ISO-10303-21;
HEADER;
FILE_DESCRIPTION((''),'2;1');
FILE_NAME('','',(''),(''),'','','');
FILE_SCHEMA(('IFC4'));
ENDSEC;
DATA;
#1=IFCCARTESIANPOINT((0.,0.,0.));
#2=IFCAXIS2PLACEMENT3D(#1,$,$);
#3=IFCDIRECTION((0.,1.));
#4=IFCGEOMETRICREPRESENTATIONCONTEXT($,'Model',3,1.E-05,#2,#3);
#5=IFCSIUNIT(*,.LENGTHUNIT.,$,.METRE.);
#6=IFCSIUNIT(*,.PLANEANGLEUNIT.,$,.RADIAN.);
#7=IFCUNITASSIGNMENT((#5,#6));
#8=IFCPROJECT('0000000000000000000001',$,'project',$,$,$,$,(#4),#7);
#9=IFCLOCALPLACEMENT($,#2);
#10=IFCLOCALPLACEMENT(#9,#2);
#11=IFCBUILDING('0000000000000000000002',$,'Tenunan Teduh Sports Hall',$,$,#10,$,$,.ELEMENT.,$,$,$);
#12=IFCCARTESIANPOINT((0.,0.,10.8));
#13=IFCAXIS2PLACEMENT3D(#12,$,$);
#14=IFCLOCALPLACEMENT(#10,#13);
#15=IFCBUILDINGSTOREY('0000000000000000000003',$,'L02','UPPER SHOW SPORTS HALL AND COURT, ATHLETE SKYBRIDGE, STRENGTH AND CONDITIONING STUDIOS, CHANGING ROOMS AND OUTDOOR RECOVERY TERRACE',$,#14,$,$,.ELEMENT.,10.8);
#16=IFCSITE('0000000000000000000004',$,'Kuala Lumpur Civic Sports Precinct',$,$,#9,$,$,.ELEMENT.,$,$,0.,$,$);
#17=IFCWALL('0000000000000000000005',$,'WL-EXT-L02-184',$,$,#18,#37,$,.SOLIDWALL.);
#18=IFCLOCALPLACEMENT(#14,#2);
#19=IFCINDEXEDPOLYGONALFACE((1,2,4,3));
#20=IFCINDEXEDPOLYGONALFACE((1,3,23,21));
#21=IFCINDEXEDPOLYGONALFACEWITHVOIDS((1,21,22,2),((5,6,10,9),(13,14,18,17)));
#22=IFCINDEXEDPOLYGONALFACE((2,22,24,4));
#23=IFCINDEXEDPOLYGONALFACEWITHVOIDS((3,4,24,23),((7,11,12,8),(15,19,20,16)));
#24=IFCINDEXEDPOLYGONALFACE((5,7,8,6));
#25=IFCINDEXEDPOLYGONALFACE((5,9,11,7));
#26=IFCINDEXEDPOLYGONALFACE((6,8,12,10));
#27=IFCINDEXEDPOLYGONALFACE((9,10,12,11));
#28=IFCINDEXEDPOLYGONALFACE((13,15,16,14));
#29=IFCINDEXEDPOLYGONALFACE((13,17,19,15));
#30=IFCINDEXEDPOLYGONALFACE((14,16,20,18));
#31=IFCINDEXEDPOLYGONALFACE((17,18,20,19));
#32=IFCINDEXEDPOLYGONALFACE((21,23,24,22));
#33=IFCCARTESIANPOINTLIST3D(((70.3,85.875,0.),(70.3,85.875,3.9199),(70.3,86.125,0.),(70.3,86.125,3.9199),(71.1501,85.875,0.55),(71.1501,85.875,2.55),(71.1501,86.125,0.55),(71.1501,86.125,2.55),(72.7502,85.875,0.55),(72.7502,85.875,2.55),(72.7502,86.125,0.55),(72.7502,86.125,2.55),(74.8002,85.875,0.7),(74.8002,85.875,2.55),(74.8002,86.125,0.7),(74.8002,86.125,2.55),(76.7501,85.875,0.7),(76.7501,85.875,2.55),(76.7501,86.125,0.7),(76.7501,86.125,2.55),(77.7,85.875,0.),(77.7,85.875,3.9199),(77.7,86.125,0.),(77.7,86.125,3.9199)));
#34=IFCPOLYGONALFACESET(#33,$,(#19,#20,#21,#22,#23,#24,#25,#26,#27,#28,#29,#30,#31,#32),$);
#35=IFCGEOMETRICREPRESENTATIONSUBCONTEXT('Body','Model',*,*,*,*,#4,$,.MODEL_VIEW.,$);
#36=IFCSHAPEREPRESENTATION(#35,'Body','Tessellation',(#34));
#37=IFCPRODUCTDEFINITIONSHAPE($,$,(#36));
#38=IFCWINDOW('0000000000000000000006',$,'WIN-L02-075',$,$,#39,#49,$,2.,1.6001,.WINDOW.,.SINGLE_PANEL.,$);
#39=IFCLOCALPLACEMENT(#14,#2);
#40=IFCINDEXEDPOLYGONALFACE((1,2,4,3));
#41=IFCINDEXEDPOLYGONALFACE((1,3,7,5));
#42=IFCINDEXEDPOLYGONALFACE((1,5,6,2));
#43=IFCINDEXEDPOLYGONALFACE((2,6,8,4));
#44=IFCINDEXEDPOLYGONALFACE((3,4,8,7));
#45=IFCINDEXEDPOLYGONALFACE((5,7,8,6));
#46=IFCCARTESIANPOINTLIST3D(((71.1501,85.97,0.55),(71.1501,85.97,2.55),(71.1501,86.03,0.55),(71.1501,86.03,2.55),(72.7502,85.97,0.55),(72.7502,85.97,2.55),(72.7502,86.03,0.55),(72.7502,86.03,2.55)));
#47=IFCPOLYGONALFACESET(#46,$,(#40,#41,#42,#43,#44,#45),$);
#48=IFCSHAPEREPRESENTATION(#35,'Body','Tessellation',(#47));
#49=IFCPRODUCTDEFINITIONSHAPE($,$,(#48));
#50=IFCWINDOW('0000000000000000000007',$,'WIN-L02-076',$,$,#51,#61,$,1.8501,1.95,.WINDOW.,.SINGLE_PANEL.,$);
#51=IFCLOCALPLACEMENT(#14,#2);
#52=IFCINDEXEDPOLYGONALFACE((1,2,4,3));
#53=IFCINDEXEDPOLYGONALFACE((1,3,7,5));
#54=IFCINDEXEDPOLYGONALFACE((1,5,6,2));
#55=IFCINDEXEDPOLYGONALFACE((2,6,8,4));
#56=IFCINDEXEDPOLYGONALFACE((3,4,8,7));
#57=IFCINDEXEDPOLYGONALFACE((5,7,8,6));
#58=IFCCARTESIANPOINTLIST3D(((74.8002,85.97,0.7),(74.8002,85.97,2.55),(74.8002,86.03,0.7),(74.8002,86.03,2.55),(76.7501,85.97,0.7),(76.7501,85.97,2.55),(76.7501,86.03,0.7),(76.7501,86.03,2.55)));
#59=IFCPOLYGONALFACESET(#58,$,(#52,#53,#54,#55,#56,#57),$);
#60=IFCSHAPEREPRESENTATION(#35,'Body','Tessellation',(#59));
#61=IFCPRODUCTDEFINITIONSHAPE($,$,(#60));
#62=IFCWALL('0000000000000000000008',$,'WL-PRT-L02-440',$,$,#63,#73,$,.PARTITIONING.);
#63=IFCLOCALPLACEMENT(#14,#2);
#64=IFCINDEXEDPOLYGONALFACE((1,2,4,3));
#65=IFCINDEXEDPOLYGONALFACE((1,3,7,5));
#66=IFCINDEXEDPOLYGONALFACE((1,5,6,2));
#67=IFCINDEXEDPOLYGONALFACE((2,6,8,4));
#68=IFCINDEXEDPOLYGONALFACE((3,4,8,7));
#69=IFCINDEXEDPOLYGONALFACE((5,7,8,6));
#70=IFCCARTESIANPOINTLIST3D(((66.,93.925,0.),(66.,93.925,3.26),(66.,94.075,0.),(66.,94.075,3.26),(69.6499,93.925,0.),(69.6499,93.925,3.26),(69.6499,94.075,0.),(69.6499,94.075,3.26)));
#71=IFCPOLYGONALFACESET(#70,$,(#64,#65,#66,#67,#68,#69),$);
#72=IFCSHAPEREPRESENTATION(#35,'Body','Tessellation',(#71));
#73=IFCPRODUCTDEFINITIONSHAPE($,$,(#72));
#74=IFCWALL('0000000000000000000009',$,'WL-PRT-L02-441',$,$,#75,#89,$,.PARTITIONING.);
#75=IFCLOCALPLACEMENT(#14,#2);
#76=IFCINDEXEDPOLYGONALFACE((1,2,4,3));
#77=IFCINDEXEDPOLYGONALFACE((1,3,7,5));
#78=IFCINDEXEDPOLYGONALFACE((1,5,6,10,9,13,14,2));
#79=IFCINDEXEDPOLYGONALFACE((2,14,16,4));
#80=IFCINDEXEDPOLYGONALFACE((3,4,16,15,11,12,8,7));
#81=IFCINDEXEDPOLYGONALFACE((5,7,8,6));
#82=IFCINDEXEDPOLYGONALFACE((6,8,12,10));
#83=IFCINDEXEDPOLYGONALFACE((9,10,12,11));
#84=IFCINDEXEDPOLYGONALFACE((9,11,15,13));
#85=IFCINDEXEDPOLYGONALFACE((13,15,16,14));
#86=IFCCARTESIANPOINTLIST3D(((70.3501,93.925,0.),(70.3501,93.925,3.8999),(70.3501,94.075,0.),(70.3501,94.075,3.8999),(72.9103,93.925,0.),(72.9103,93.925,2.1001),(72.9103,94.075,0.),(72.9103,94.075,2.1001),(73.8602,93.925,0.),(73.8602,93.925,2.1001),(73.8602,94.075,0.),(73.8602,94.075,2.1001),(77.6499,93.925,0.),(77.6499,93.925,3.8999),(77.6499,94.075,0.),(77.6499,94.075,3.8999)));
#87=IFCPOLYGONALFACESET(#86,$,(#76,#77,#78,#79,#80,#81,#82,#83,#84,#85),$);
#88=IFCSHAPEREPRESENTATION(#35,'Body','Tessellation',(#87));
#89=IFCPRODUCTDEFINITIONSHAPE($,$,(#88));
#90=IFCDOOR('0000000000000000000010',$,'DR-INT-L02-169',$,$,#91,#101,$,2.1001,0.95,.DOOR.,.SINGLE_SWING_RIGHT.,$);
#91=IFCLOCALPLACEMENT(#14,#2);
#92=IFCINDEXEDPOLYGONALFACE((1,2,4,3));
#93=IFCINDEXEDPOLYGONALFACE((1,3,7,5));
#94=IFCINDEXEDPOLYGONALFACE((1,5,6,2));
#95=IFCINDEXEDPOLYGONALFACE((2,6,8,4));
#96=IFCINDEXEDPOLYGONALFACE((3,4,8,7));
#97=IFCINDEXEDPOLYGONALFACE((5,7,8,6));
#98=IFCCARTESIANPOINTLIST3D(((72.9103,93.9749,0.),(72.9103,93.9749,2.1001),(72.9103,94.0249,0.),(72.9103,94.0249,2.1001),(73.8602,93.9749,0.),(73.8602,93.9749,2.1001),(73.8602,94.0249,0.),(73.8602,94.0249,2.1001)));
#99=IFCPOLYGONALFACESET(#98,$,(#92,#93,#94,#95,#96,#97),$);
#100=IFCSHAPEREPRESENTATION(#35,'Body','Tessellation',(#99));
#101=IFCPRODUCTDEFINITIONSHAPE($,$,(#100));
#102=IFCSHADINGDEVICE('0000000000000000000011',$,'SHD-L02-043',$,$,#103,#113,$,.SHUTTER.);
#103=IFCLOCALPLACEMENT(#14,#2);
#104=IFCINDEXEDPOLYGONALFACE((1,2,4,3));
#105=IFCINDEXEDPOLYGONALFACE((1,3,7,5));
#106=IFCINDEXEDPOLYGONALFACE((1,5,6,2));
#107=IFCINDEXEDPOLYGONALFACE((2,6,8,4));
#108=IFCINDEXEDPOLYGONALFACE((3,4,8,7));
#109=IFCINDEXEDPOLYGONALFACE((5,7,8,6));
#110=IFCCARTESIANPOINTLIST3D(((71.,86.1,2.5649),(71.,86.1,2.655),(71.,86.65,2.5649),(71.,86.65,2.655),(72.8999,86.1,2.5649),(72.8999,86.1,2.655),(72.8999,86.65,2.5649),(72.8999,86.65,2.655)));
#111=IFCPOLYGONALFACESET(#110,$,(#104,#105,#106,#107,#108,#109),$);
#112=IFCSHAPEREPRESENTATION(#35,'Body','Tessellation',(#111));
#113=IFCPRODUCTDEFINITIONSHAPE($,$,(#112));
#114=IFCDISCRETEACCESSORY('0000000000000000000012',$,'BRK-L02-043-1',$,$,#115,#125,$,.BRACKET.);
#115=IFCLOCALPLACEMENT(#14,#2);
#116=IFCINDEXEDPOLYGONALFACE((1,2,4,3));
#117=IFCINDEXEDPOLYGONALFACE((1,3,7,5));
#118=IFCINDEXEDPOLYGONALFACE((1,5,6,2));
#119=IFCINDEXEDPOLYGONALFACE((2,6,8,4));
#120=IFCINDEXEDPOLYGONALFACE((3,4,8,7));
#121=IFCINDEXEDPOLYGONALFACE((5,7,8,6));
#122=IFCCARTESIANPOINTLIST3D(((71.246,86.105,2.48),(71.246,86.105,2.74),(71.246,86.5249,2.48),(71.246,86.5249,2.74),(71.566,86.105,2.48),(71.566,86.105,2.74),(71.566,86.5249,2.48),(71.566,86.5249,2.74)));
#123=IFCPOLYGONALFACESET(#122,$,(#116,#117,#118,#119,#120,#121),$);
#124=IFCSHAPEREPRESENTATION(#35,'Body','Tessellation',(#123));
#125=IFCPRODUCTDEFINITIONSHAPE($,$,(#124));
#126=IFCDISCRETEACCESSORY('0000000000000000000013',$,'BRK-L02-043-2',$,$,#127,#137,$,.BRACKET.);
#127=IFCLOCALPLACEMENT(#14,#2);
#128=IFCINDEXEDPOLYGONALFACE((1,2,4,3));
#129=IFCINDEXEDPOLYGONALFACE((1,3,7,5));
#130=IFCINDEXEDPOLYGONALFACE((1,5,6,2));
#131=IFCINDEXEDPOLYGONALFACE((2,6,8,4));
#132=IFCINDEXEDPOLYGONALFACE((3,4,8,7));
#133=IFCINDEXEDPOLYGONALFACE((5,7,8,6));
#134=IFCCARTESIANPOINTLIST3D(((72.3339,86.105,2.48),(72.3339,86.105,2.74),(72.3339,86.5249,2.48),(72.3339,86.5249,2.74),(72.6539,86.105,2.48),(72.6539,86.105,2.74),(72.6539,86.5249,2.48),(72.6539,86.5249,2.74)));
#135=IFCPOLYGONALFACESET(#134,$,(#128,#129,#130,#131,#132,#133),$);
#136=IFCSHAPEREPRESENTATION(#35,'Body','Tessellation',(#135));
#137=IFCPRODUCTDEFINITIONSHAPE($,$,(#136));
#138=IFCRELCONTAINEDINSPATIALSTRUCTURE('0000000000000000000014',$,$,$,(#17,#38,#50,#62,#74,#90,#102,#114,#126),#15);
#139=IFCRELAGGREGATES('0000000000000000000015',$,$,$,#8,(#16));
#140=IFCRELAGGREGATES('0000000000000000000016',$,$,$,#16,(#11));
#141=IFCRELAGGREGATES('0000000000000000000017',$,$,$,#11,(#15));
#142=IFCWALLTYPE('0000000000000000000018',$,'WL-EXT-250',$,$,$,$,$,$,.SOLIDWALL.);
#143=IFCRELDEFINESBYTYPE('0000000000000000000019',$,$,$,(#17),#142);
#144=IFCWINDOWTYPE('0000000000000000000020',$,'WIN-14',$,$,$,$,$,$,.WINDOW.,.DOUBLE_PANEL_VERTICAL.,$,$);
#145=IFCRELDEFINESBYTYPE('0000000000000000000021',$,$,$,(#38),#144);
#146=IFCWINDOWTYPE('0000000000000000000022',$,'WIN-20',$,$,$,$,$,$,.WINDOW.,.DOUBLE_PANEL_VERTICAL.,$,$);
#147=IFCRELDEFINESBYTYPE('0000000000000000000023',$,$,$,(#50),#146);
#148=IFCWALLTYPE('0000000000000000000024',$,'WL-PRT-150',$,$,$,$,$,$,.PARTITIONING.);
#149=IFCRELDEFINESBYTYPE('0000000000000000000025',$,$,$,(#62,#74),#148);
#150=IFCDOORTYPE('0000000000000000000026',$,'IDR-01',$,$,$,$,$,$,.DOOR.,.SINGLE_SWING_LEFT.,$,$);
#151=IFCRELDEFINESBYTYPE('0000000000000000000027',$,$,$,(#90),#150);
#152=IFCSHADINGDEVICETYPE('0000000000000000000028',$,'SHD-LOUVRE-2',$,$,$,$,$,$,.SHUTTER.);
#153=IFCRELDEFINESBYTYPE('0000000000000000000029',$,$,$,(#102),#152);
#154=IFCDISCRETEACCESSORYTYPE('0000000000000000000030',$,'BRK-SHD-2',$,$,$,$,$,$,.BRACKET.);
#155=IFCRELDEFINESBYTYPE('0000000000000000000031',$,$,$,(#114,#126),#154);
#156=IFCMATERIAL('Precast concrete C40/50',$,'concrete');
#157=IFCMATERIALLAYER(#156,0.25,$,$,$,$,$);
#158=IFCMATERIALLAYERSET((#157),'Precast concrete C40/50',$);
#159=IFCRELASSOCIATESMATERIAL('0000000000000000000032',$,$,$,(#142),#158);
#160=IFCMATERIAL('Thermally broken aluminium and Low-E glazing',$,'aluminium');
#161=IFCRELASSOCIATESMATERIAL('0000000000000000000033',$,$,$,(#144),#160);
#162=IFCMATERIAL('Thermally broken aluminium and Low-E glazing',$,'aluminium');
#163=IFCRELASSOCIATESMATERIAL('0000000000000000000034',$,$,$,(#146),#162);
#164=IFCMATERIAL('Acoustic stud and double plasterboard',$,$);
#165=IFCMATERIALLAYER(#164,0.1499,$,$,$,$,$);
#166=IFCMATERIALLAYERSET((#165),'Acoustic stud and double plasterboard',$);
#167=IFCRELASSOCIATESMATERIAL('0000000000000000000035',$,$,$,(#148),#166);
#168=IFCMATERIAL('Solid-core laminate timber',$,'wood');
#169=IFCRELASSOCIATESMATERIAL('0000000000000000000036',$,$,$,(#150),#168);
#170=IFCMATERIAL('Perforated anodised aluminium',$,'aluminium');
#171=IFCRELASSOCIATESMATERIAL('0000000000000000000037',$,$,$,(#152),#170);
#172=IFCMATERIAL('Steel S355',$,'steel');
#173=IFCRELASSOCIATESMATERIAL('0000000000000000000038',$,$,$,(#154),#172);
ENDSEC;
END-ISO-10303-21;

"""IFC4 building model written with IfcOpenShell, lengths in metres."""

from ifc_helpers import new_model, si_unit, direction, frame, frame_2d, origin, origin_2d, place, context, subcontext, project, spatial, rectangle, extrude, material, layer, layer_set, type_object, element, fill, save


model = new_model("IFC4")

# Units and contexts
model_context = context("Model", 3, precision=1e-05, world=origin(), true_north=direction((0.0, 1.0)))
body_context = subcontext(model_context, "Body", "Model", "MODEL_VIEW")
ifc_project = project(units=[si_unit("LENGTHUNIT", "METRE"), si_unit("PLANEANGLEUNIT", "RADIAN")], contexts=[model_context])

# Site, building, storey
site_placement = place(None, origin())
site = spatial("IfcSite", under=ifc_project, at=site_placement, Name="Kuala Lumpur Civic Sports Precinct", CompositionType="ELEMENT", RefElevation=0.0)
building_placement = place(site_placement, origin())
building = spatial("IfcBuilding", under=site, at=building_placement, Name="Tenunan Teduh Sports Hall", CompositionType="ELEMENT")
storey_placement = place(building_placement, frame((0.0, 0.0, 10.8)))
storey = spatial("IfcBuildingStorey", under=building, at=storey_placement, Name="L02", Description="UPPER SHOW SPORTS HALL AND COURT, ATHLETE SKYBRIDGE, STRENGTH AND CONDITIONING STUDIOS, CHANGING ROOMS AND OUTDOOR RECOVERY TERRACE", CompositionType="ELEMENT", Elevation=10.8)

# Wall, openings, windows
ifc_material_1 = material(Name="Precast concrete C40/50", Category="concrete")
ifc_layer_1 = layer(ifc_material_1, 0.25)
ifc_layer_set_1 = layer_set([ifc_layer_1], Name="Precast concrete C40/50")
wall_type_1 = type_object("IfcWallType", Name="WL-EXT-250", PredefinedType="SOLIDWALL", material=ifc_layer_set_1)
wall_1_placement = place(storey_placement, frame((70.3, 86.0, 0.0), z_axis=(0.0, 0.0, 1.0), x_axis=(1.0, 0.0, 0.0)))
wall_1 = element("IfcWall", 1, at=wall_1_placement, inside=storey, type_object=wall_type_1, Name="WL-EXT-L02-184", PredefinedType="SOLIDWALL", context=body_context, shape_type="SweptSolid", body=[
    extrude(rectangle(XDim=7.3999, YDim=0.25, at=frame_2d((3.7, 0.0))), origin(), (0.0, 0.0, 1.0), 3.9199),
])
opening_1_placement = place(wall_1_placement, frame((0.8501, 0.0, 0.55)))
opening_1 = element("IfcOpeningElement", 2, at=opening_1_placement, cuts=wall_1, PredefinedType="OPENING", context=body_context, shape_type="SweptSolid", body=[
    extrude(rectangle(XDim=1.6001, YDim=2.0, at=frame_2d((0.8, 1.0))), frame((0.0, 0.135, 0.0), z_axis=(0.0, -1.0, 0.0), x_axis=(1.0, 0.0, 0.0)), (0.0, 0.0, 1.0), 0.27),
])
opening_2_placement = place(wall_1_placement, frame((4.5, 0.0, 0.7)))
opening_2 = element("IfcOpeningElement", 3, at=opening_2_placement, cuts=wall_1, PredefinedType="OPENING", context=body_context, shape_type="SweptSolid", body=[
    extrude(rectangle(XDim=1.95, YDim=1.8501, at=frame_2d((0.9751, 0.925))), frame((0.0, 0.135, 0.0), z_axis=(0.0, -1.0, 0.0), x_axis=(1.0, 0.0, 0.0)), (0.0, 0.0, 1.0), 0.27),
])
ifc_material_2 = material(Name="Thermally broken aluminium and Low-E glazing", Category="aluminium")
window_type_1 = type_object("IfcWindowType", Name="WIN-14", PartitioningType="DOUBLE_PANEL_VERTICAL", PredefinedType="WINDOW", material=ifc_material_2)
window_1_placement = place(opening_1_placement, origin())
window_1 = element("IfcWindow", 4, at=window_1_placement, inside=storey, type_object=window_type_1, Name="WIN-L02-075", OverallHeight=2.0, OverallWidth=1.6001, PartitioningType="SINGLE_PANEL", PredefinedType="WINDOW", context=body_context, shape_type="SweptSolid", body=[
    extrude(rectangle(XDim=1.6001, YDim=2.0, at=frame_2d((0.8, 1.0))), frame((0.0, 0.03, 0.0), z_axis=(0.0, -1.0, 0.0), x_axis=(1.0, 0.0, 0.0)), (0.0, 0.0, 1.0), 0.0601),
])
fill(opening_1, window_1)
ifc_material_3 = material(Name="Thermally broken aluminium and Low-E glazing", Category="aluminium")
window_type_2 = type_object("IfcWindowType", Name="WIN-20", PartitioningType="DOUBLE_PANEL_VERTICAL", PredefinedType="WINDOW", material=ifc_material_3)
window_2_placement = place(opening_2_placement, origin())
window_2 = element("IfcWindow", 5, at=window_2_placement, inside=storey, type_object=window_type_2, Name="WIN-L02-076", OverallHeight=1.8501, OverallWidth=1.95, PartitioningType="SINGLE_PANEL", PredefinedType="WINDOW", context=body_context, shape_type="SweptSolid", body=[
    extrude(rectangle(XDim=1.95, YDim=1.8501, at=frame_2d((0.9751, 0.925))), frame((0.0, 0.03, 0.0), z_axis=(0.0, -1.0, 0.0), x_axis=(1.0, 0.0, 0.0)), (0.0, 0.0, 1.0), 0.0601),
])
fill(opening_2, window_2)

# Wall
ifc_material_4 = material(Name="Acoustic stud and double plasterboard")
ifc_layer_2 = layer(ifc_material_4, 0.1499)
ifc_layer_set_2 = layer_set([ifc_layer_2], Name="Acoustic stud and double plasterboard")
wall_type_2 = type_object("IfcWallType", Name="WL-PRT-150", PredefinedType="PARTITIONING", material=ifc_layer_set_2)
wall_2_placement = place(storey_placement, frame((66.0, 94.0, 0.0), z_axis=(0.0, 0.0, 1.0), x_axis=(1.0, 0.0, 0.0)))
element("IfcWall", 6, at=wall_2_placement, inside=storey, type_object=wall_type_2, Name="WL-PRT-L02-440", PredefinedType="PARTITIONING", context=body_context, shape_type="SweptSolid", body=[
    extrude(rectangle(XDim=3.6499, YDim=0.1499, at=frame_2d((1.825, 0.0))), origin(), (0.0, 0.0, 1.0), 3.26),
])

# Wall, opening, door
wall_3_placement = place(storey_placement, frame((70.3501, 94.0, 0.0), z_axis=(0.0, 0.0, 1.0), x_axis=(1.0, 0.0, 0.0)))
wall_3 = element("IfcWall", 7, at=wall_3_placement, inside=storey, type_object=wall_type_2, Name="WL-PRT-L02-441", PredefinedType="PARTITIONING", context=body_context, shape_type="SweptSolid", body=[
    extrude(rectangle(XDim=7.2998, YDim=0.1499, at=frame_2d((3.6499, 0.0))), origin(), (0.0, 0.0, 1.0), 3.8999),
])
opening_3_placement = place(wall_3_placement, frame((2.5601, 0.0, 0.0)))
opening_3 = element("IfcOpeningElement", 8, at=opening_3_placement, cuts=wall_3, PredefinedType="OPENING", context=body_context, shape_type="SweptSolid", body=[
    extrude(rectangle(XDim=0.95, YDim=2.1001, at=frame_2d((0.4751, 1.05))), frame((0.0, 0.085, 0.0), z_axis=(0.0, -1.0, 0.0), x_axis=(1.0, 0.0, 0.0)), (0.0, 0.0, 1.0), 0.1699),
])
ifc_material_5 = material(Name="Solid-core laminate timber", Category="wood")
door_type = type_object("IfcDoorType", Name="IDR-01", OperationType="SINGLE_SWING_LEFT", PredefinedType="DOOR", material=ifc_material_5)
door_placement = place(opening_3_placement, origin())
door = element("IfcDoor", 9, at=door_placement, inside=storey, type_object=door_type, Name="DR-INT-L02-169", OperationType="SINGLE_SWING_RIGHT", OverallHeight=2.1001, OverallWidth=0.95, PredefinedType="DOOR", context=body_context, shape_type="SweptSolid", body=[
    extrude(rectangle(XDim=0.95, YDim=2.1001, at=frame_2d((0.4751, 1.05))), frame((0.0, 0.0249, 0.0), z_axis=(0.0, -1.0, 0.0), x_axis=(1.0, 0.0, 0.0)), (0.0, 0.0, 1.0), 0.05),
])
fill(opening_3, door)

# Shading device
ifc_material_6 = material(Name="Perforated anodised aluminium", Category="aluminium")
shading_device_type = type_object("IfcShadingDeviceType", Name="SHD-LOUVRE-2", PredefinedType="SHUTTER", material=ifc_material_6)
shading_device_placement = place(storey_placement, frame((71.95, 86.375, 2.5649), z_axis=(0.0, 0.0, 1.0), x_axis=(1.0, 0.0, 0.0)))
element("IfcShadingDevice", 10, at=shading_device_placement, inside=storey, type_object=shading_device_type, Name="SHD-L02-043", PredefinedType="SHUTTER", context=body_context, shape_type="SweptSolid", body=[
    extrude(rectangle(XDim=1.8999, YDim=0.55, at=origin_2d()), origin(), (0.0, 0.0, 1.0), 0.0901),
])

# Discrete accessories
ifc_material_7 = material(Name="Steel S355", Category="steel")
discrete_accessory_type = type_object("IfcDiscreteAccessoryType", Name="BRK-SHD-2", PredefinedType="BRACKET", material=ifc_material_7)
for number, where, z_axis, x_axis, name in (
    (11, (71.406, 86.3149, 2.48), (0.0, 0.0, 1.0), (1.0, 0.0, 0.0), "BRK-L02-043-1"),
    (12, (72.4939, 86.3149, 2.48), (0.0, 0.0, 1.0), (1.0, 0.0, 0.0), "BRK-L02-043-2"),
):
    element("IfcDiscreteAccessory", number, at=place(storey_placement, frame(where, z_axis=z_axis, x_axis=x_axis)), inside=storey, type_object=discrete_accessory_type, Name=name, PredefinedType="BRACKET", context=body_context, shape_type="SweptSolid", body=[
        extrude(rectangle(XDim=0.3201, YDim=0.4199, at=origin_2d()), origin(), (0.0, 0.0, 1.0), 0.26),
    ])

save(model, "model.ifc")
